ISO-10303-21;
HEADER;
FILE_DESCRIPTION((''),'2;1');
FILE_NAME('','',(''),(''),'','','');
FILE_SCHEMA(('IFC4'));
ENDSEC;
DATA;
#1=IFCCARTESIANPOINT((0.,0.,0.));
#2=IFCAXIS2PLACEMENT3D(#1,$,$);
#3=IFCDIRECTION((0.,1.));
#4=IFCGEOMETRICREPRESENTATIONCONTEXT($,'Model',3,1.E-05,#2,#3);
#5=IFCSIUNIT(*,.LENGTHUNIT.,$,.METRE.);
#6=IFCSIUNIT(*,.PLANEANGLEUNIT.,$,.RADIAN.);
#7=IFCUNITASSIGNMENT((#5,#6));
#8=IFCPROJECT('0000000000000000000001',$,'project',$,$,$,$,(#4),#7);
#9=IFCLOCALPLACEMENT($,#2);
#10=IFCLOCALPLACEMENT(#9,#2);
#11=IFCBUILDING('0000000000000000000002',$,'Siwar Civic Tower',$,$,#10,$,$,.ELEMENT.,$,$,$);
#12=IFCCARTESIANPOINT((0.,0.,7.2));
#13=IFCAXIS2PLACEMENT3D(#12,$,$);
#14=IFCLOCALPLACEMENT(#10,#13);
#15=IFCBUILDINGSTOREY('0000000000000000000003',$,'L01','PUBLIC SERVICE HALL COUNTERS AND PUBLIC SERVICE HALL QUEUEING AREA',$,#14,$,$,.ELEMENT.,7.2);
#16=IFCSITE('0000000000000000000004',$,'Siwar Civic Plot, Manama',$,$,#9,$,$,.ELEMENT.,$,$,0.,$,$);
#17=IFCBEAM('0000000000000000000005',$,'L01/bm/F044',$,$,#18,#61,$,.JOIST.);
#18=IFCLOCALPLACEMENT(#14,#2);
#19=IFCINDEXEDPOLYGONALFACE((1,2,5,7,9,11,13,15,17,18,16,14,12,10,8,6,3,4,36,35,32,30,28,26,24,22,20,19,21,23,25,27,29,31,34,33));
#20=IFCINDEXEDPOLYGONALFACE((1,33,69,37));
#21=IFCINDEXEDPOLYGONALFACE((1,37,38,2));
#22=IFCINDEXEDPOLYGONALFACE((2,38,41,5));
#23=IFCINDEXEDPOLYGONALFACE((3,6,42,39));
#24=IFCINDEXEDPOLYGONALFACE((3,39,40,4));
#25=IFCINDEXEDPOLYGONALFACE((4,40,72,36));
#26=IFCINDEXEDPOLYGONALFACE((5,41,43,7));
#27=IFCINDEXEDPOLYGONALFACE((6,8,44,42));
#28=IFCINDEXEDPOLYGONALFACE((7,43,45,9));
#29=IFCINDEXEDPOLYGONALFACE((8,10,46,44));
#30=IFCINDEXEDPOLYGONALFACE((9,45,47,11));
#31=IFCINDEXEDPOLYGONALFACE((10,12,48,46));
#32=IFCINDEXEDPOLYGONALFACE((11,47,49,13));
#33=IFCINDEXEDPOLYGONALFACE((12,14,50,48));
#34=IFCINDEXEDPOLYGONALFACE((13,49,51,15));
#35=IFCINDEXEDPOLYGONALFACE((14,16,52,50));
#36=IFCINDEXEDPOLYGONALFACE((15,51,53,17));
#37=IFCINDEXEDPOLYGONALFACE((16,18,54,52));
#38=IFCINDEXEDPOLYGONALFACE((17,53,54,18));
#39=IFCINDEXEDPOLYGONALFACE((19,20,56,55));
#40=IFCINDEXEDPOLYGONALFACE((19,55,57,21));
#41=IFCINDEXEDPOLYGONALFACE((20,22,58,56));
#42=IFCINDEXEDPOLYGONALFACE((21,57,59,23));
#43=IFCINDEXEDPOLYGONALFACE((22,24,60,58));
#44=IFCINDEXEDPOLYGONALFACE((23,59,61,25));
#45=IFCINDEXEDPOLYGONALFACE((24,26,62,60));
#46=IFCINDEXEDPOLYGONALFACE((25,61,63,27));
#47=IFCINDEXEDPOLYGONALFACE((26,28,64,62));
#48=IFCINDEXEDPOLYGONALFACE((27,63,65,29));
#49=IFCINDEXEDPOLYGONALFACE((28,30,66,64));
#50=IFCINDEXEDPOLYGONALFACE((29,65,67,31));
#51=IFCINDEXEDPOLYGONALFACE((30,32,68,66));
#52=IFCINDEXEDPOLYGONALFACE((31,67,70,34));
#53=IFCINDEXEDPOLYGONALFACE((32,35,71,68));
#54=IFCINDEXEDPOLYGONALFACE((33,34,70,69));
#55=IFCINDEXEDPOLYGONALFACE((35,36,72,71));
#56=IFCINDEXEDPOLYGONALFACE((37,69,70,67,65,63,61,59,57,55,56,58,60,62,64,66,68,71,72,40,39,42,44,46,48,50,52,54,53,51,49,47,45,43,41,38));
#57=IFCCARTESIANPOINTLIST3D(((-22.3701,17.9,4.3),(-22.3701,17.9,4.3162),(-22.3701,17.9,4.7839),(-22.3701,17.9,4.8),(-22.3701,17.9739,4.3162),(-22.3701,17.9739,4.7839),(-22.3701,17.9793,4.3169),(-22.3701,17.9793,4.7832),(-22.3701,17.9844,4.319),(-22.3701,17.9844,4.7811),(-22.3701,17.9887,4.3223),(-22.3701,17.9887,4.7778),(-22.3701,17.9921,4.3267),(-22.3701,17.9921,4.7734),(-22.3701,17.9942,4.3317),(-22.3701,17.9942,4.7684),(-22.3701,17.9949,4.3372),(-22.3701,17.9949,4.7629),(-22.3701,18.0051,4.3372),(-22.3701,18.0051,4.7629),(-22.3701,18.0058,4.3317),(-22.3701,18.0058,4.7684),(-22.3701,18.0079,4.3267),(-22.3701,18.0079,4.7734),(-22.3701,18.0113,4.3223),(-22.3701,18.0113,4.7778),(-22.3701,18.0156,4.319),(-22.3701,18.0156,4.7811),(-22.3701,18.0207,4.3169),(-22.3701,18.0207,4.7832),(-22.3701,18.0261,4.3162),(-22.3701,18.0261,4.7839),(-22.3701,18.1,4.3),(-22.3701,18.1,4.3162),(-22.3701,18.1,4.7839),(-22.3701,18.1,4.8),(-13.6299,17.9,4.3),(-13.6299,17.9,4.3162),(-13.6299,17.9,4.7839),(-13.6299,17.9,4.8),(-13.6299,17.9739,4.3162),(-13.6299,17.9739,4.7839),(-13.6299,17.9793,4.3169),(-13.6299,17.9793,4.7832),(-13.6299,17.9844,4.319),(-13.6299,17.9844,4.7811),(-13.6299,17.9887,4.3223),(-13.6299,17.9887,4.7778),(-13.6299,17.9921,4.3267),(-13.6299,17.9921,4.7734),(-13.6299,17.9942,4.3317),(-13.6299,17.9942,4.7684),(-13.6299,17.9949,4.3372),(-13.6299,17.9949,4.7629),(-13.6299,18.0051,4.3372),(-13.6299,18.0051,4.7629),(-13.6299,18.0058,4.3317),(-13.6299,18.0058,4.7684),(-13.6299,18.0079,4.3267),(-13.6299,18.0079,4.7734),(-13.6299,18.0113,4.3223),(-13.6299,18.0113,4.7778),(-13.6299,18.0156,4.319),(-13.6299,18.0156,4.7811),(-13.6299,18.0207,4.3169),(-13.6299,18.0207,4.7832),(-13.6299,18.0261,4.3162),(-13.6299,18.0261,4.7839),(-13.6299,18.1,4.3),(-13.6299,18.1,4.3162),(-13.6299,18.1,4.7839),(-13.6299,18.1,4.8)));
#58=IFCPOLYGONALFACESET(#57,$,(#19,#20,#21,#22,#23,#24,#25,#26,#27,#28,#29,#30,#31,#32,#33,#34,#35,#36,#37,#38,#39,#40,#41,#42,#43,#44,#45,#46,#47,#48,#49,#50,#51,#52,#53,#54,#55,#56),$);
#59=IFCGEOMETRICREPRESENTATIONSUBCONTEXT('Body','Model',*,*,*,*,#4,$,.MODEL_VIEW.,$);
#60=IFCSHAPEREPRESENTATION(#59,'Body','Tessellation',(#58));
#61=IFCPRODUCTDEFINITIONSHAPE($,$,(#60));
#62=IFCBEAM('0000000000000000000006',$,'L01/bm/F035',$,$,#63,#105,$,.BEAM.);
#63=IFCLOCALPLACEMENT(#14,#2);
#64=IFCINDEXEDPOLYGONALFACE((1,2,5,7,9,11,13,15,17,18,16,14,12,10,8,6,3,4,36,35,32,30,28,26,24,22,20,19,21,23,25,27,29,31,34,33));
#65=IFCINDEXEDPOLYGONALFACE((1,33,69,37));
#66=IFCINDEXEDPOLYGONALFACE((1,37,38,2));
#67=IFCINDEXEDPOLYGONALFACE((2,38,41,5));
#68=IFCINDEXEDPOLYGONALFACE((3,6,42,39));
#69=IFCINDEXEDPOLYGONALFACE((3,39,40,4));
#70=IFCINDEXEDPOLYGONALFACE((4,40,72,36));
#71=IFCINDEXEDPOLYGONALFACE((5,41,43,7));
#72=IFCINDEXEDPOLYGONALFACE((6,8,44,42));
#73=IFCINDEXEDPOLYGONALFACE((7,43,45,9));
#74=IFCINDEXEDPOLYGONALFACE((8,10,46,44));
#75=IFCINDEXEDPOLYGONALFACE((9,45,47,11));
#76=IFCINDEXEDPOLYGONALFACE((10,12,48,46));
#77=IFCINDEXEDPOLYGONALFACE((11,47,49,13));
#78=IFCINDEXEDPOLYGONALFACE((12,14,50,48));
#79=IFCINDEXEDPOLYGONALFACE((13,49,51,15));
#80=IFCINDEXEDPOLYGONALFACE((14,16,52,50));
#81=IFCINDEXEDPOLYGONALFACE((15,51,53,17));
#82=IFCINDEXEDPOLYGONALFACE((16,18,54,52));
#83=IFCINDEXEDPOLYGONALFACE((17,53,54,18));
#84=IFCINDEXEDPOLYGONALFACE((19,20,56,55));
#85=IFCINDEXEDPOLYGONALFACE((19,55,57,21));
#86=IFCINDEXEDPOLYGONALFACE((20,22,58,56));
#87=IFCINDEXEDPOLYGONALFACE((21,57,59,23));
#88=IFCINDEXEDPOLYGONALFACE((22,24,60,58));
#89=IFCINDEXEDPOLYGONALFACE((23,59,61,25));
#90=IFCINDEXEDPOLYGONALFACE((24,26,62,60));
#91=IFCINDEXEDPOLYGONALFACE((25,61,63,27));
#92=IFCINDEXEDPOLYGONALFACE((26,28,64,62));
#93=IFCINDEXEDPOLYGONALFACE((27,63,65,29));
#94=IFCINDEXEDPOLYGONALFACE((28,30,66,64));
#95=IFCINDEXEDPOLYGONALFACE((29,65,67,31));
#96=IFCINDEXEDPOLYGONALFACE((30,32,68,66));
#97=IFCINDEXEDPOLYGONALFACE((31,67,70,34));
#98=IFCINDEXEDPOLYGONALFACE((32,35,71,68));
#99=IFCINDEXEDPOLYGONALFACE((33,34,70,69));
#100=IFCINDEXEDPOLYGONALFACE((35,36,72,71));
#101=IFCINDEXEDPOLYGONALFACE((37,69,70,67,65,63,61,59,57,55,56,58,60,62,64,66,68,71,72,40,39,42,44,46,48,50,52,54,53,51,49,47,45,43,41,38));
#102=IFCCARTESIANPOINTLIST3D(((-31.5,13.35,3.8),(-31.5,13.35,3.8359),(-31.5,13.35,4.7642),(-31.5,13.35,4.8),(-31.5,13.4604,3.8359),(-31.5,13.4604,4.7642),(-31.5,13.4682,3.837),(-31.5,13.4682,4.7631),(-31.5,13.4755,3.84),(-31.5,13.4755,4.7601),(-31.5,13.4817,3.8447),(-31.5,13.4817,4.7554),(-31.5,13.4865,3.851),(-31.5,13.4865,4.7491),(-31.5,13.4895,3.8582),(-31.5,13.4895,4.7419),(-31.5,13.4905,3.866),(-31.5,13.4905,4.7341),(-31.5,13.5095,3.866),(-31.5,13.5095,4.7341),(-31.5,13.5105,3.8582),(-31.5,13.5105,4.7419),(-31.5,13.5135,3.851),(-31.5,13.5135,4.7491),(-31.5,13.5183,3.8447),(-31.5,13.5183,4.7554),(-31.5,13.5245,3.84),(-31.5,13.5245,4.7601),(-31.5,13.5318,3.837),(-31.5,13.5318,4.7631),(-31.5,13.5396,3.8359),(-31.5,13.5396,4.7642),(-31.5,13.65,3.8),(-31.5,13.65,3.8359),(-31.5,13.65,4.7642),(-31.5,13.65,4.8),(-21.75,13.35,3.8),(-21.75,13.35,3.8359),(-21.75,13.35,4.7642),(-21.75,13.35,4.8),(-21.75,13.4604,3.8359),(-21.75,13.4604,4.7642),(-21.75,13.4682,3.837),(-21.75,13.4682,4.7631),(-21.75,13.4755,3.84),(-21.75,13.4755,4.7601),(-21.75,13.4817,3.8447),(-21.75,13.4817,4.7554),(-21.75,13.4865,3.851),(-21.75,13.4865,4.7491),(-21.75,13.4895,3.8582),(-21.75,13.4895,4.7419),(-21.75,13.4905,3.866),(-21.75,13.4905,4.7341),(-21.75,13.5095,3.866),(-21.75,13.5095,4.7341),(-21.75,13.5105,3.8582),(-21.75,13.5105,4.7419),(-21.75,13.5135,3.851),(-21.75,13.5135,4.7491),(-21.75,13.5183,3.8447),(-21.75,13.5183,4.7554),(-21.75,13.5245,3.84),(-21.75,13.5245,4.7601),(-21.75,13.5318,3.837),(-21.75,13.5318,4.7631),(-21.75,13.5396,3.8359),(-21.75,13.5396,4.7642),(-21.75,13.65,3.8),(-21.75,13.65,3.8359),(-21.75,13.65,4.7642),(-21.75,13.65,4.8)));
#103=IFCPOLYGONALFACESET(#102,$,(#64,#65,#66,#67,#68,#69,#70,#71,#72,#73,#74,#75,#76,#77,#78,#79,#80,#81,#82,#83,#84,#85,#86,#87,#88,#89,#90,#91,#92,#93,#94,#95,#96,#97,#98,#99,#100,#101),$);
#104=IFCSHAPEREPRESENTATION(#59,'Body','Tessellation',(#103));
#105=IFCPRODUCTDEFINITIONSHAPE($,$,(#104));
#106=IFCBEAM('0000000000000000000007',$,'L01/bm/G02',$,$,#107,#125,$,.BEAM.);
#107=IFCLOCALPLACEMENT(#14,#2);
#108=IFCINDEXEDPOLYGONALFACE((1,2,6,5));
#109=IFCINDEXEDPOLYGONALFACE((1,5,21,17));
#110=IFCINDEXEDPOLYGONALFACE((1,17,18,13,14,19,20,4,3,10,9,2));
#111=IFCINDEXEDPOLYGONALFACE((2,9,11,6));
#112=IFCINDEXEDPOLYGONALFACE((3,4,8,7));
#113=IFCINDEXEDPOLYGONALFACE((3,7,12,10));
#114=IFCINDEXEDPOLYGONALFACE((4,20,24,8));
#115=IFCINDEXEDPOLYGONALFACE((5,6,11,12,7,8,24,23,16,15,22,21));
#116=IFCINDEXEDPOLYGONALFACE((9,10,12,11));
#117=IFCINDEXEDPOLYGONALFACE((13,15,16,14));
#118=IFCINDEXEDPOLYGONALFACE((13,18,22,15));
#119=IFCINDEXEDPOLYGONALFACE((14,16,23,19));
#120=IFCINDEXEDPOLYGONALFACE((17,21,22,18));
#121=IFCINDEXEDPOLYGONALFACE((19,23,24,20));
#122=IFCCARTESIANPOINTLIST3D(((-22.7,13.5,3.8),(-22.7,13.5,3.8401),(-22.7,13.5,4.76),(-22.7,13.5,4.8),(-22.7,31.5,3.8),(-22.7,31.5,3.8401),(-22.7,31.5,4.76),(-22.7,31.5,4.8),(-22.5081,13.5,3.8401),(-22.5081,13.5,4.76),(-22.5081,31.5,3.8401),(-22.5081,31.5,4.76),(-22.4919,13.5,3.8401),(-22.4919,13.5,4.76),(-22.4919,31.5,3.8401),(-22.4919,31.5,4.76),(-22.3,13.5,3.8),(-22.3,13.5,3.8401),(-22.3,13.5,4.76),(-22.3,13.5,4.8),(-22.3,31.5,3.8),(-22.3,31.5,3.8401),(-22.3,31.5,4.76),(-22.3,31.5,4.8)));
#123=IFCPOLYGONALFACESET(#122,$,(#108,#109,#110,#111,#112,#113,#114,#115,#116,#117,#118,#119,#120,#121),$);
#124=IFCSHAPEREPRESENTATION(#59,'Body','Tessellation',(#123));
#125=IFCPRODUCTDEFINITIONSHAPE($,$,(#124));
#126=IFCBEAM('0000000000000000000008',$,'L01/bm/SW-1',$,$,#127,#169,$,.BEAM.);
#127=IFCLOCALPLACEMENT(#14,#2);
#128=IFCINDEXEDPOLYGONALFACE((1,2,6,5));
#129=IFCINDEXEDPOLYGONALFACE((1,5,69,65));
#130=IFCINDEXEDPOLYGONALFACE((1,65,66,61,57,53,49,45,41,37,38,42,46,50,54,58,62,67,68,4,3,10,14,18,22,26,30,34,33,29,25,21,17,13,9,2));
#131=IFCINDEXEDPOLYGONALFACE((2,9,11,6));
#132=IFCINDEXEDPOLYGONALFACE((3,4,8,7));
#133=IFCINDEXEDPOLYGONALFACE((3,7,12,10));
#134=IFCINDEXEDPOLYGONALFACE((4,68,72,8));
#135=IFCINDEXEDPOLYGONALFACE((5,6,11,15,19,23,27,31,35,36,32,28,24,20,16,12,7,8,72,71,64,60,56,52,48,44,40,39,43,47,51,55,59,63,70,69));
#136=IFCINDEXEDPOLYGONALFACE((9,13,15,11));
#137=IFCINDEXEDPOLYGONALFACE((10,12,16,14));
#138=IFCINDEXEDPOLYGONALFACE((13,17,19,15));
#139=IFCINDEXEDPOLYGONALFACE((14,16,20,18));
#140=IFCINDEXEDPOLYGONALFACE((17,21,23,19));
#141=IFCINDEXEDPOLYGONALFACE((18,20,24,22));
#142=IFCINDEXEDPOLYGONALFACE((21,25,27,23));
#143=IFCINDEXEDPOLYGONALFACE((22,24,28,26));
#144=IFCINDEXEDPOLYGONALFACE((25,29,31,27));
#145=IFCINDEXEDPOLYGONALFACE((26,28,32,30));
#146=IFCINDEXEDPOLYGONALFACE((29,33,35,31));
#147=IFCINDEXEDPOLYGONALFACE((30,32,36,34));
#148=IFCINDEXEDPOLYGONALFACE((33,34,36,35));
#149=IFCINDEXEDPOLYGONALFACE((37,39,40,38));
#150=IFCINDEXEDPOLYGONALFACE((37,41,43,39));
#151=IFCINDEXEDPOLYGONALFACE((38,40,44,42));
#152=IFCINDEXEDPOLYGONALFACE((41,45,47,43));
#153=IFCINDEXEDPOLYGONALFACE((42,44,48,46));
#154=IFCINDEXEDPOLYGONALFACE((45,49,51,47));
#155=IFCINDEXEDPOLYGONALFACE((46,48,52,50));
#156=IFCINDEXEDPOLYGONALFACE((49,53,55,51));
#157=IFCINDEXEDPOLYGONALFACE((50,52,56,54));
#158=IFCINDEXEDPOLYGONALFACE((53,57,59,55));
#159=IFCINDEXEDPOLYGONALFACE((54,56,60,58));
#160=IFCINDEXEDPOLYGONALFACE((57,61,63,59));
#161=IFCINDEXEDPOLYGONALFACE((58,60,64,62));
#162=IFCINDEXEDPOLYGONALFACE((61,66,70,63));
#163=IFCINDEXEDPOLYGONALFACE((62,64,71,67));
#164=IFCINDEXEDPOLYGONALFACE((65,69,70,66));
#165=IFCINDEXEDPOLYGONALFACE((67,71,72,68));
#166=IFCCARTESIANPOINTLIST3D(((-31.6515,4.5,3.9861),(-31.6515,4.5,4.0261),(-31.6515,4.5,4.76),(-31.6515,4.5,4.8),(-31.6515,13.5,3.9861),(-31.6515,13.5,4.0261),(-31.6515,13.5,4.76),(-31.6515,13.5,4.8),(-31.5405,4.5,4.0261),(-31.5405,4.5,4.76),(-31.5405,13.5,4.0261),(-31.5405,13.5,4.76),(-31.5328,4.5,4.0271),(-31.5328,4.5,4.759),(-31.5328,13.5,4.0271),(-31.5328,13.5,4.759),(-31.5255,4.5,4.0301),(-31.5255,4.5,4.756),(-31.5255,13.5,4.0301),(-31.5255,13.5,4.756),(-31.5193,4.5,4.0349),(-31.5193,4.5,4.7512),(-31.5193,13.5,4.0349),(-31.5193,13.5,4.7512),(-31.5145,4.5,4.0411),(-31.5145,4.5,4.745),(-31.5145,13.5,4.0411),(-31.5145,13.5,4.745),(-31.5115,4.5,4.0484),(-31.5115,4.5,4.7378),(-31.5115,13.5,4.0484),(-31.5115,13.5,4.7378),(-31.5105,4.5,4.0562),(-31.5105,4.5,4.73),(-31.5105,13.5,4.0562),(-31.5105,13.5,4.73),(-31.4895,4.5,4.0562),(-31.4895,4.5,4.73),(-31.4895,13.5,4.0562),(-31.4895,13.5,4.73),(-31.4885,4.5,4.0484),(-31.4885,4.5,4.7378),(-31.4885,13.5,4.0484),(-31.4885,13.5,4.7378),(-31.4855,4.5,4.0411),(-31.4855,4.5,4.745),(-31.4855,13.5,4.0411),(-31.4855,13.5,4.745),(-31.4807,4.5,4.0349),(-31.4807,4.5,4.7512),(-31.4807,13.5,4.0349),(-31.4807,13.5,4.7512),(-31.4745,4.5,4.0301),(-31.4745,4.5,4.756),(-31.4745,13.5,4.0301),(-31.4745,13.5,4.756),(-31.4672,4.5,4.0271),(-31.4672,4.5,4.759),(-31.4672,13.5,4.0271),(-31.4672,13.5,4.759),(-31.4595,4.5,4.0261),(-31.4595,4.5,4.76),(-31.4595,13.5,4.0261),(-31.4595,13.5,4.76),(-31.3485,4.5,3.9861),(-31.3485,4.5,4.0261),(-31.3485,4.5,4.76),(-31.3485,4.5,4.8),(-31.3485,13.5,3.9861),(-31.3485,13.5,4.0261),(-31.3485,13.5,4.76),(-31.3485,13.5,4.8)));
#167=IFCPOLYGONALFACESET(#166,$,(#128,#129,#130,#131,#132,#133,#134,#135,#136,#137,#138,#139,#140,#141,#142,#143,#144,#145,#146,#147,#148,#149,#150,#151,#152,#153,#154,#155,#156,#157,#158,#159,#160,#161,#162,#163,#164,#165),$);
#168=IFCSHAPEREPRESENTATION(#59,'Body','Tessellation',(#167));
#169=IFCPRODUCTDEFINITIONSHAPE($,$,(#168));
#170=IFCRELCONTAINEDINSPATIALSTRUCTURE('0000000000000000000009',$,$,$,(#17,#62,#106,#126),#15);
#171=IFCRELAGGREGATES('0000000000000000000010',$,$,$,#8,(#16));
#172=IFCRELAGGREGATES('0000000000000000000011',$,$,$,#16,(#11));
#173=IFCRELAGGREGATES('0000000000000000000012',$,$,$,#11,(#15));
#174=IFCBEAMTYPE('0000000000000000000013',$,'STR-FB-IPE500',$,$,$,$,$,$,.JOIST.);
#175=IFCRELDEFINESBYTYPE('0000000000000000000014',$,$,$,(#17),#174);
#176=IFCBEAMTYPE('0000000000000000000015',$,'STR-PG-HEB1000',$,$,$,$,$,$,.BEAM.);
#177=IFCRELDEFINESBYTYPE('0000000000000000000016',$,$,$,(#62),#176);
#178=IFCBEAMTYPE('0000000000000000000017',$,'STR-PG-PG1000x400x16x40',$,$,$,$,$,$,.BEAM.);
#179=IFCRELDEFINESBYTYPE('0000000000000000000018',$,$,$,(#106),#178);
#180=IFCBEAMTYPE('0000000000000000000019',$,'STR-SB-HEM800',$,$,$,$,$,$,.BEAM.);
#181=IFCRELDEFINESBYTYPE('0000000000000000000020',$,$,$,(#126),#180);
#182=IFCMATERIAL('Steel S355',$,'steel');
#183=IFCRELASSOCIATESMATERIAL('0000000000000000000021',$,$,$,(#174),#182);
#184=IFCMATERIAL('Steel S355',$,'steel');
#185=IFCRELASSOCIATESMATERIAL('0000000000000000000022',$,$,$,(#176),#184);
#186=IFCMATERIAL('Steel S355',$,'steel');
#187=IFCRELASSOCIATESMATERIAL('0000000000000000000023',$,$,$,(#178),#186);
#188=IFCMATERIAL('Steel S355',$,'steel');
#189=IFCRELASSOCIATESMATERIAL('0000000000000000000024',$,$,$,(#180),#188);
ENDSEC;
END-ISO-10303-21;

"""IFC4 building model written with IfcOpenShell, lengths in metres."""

from ifc_helpers import new_model, si_unit, direction, frame, origin, origin_2d, place, context, subcontext, project, spatial, i_section, extrude, material, material_profile, profile_set, type_object, element, save


model = new_model("IFC4")

# Units and contexts
model_context = context("Model", 3, precision=1e-05, world=origin(), true_north=direction((0.0, 1.0)))
body_context = subcontext(model_context, "Body", "Model", "MODEL_VIEW")
ifc_project = project(units=[si_unit("LENGTHUNIT", "METRE"), si_unit("PLANEANGLEUNIT", "RADIAN")], contexts=[model_context])

# Site, building, storey
site_placement = place(None, origin())
site = spatial("IfcSite", under=ifc_project, at=site_placement, Name="Siwar Civic Plot, Manama", CompositionType="ELEMENT", RefElevation=0.0)
building_placement = place(site_placement, origin())
building = spatial("IfcBuilding", under=site, at=building_placement, Name="Siwar Civic Tower", CompositionType="ELEMENT")
storey_placement = place(building_placement, frame((0.0, 0.0, 7.2)))
storey = spatial("IfcBuildingStorey", under=building, at=storey_placement, Name="L01", Description="PUBLIC SERVICE HALL COUNTERS AND PUBLIC SERVICE HALL QUEUEING AREA", CompositionType="ELEMENT", Elevation=7.2)

# Beams
ifc_material_1 = material(Name="Steel S355", Category="steel")
ifc_material_profile_1 = material_profile(ifc_material_1, i_section(OverallWidth=0.2, OverallDepth=0.5, WebThickness=0.0103, FlangeThickness=0.0161, FilletRadius=0.021, at=origin_2d()), Name="IPE500")
ifc_profile_set_1 = profile_set([ifc_material_profile_1], Name="Steel S355")
beam_type_1 = type_object("IfcBeamType", Name="STR-FB-IPE500", PredefinedType="JOIST", material=ifc_profile_set_1)
beam_1_placement = place(storey_placement, frame((-22.3701, 18.0, 4.55), z_axis=(1.0, 0.0, 0.0), x_axis=(0.0, 1.0, 0.0)))
element("IfcBeam", 1, at=beam_1_placement, inside=storey, type_object=beam_type_1, Name="L01/bm/F044", PredefinedType="JOIST", context=body_context, shape_type="SweptSolid", body=[
    extrude(i_section(OverallWidth=0.2, OverallDepth=0.5, WebThickness=0.0103, FlangeThickness=0.0161, FilletRadius=0.021, at=origin_2d()), origin(), (0.0, 0.0, 1.0), 8.7402),
])
ifc_material_2 = material(Name="Steel S355", Category="steel")
ifc_material_profile_2 = material_profile(ifc_material_2, i_section(OverallWidth=0.3, OverallDepth=1.0, WebThickness=0.019, FlangeThickness=0.0359, FilletRadius=0.03, at=origin_2d()), Name="HEB1000")
ifc_profile_set_2 = profile_set([ifc_material_profile_2], Name="Steel S355")
beam_type_2 = type_object("IfcBeamType", Name="STR-PG-HEB1000", PredefinedType="BEAM", material=ifc_profile_set_2)
beam_2_placement = place(storey_placement, frame((-31.5, 13.5, 4.3), z_axis=(1.0, 0.0, 0.0), x_axis=(0.0, 1.0, 0.0)))
element("IfcBeam", 2, at=beam_2_placement, inside=storey, type_object=beam_type_2, Name="L01/bm/F035", PredefinedType="BEAM", context=body_context, shape_type="SweptSolid", body=[
    extrude(i_section(OverallWidth=0.3, OverallDepth=1.0, WebThickness=0.019, FlangeThickness=0.0359, FilletRadius=0.03, at=origin_2d()), origin(), (0.0, 0.0, 1.0), 9.75),
])
ifc_material_3 = material(Name="Steel S355", Category="steel")
ifc_material_profile_3 = material_profile(ifc_material_3, i_section(OverallWidth=0.3999, OverallDepth=1.0, WebThickness=0.0161, FlangeThickness=0.04, at=origin_2d()), Name="PG1000x400x16x40")
ifc_profile_set_3 = profile_set([ifc_material_profile_3], Name="Steel S355")
beam_type_3 = type_object("IfcBeamType", Name="STR-PG-PG1000x400x16x40", PredefinedType="BEAM", material=ifc_profile_set_3)
beam_3_placement = place(storey_placement, frame((-22.5, 13.5, 4.3), z_axis=(0.0, 1.0, 0.0), x_axis=(-1.0, 0.0, 0.0)))
element("IfcBeam", 3, at=beam_3_placement, inside=storey, type_object=beam_type_3, Name="L01/bm/G02", PredefinedType="BEAM", context=body_context, shape_type="SweptSolid", body=[
    extrude(i_section(OverallWidth=0.3999, OverallDepth=1.0, WebThickness=0.0161, FlangeThickness=0.04, at=origin_2d()), origin(), (0.0, 0.0, 1.0), 18.0),
])
ifc_material_4 = material(Name="Steel S355", Category="steel")
ifc_material_profile_4 = material_profile(ifc_material_4, i_section(OverallWidth=0.303, OverallDepth=0.814, WebThickness=0.021, FlangeThickness=0.04, FilletRadius=0.03, at=origin_2d()), Name="HEM800")
ifc_profile_set_4 = profile_set([ifc_material_profile_4], Name="Steel S355")
beam_type_4 = type_object("IfcBeamType", Name="STR-SB-HEM800", PredefinedType="BEAM", material=ifc_profile_set_4)
for number, where, z_axis, x_axis, name in (
    (4, (-31.5, 13.5, 4.3931), (0.0, -1.0, 0.0), (1.0, 0.0, 0.0), "L01/bm/SW-1"),
):
    element("IfcBeam", number, at=place(storey_placement, frame(where, z_axis=z_axis, x_axis=x_axis)), inside=storey, type_object=beam_type_4, Name=name, PredefinedType="BEAM", context=body_context, shape_type="SweptSolid", body=[
        extrude(i_section(OverallWidth=0.303, OverallDepth=0.814, WebThickness=0.021, FlangeThickness=0.04, FilletRadius=0.03, at=origin_2d()), origin(), (0.0, 0.0, 1.0), 9.0),
    ])

save(model, "model.ifc")
